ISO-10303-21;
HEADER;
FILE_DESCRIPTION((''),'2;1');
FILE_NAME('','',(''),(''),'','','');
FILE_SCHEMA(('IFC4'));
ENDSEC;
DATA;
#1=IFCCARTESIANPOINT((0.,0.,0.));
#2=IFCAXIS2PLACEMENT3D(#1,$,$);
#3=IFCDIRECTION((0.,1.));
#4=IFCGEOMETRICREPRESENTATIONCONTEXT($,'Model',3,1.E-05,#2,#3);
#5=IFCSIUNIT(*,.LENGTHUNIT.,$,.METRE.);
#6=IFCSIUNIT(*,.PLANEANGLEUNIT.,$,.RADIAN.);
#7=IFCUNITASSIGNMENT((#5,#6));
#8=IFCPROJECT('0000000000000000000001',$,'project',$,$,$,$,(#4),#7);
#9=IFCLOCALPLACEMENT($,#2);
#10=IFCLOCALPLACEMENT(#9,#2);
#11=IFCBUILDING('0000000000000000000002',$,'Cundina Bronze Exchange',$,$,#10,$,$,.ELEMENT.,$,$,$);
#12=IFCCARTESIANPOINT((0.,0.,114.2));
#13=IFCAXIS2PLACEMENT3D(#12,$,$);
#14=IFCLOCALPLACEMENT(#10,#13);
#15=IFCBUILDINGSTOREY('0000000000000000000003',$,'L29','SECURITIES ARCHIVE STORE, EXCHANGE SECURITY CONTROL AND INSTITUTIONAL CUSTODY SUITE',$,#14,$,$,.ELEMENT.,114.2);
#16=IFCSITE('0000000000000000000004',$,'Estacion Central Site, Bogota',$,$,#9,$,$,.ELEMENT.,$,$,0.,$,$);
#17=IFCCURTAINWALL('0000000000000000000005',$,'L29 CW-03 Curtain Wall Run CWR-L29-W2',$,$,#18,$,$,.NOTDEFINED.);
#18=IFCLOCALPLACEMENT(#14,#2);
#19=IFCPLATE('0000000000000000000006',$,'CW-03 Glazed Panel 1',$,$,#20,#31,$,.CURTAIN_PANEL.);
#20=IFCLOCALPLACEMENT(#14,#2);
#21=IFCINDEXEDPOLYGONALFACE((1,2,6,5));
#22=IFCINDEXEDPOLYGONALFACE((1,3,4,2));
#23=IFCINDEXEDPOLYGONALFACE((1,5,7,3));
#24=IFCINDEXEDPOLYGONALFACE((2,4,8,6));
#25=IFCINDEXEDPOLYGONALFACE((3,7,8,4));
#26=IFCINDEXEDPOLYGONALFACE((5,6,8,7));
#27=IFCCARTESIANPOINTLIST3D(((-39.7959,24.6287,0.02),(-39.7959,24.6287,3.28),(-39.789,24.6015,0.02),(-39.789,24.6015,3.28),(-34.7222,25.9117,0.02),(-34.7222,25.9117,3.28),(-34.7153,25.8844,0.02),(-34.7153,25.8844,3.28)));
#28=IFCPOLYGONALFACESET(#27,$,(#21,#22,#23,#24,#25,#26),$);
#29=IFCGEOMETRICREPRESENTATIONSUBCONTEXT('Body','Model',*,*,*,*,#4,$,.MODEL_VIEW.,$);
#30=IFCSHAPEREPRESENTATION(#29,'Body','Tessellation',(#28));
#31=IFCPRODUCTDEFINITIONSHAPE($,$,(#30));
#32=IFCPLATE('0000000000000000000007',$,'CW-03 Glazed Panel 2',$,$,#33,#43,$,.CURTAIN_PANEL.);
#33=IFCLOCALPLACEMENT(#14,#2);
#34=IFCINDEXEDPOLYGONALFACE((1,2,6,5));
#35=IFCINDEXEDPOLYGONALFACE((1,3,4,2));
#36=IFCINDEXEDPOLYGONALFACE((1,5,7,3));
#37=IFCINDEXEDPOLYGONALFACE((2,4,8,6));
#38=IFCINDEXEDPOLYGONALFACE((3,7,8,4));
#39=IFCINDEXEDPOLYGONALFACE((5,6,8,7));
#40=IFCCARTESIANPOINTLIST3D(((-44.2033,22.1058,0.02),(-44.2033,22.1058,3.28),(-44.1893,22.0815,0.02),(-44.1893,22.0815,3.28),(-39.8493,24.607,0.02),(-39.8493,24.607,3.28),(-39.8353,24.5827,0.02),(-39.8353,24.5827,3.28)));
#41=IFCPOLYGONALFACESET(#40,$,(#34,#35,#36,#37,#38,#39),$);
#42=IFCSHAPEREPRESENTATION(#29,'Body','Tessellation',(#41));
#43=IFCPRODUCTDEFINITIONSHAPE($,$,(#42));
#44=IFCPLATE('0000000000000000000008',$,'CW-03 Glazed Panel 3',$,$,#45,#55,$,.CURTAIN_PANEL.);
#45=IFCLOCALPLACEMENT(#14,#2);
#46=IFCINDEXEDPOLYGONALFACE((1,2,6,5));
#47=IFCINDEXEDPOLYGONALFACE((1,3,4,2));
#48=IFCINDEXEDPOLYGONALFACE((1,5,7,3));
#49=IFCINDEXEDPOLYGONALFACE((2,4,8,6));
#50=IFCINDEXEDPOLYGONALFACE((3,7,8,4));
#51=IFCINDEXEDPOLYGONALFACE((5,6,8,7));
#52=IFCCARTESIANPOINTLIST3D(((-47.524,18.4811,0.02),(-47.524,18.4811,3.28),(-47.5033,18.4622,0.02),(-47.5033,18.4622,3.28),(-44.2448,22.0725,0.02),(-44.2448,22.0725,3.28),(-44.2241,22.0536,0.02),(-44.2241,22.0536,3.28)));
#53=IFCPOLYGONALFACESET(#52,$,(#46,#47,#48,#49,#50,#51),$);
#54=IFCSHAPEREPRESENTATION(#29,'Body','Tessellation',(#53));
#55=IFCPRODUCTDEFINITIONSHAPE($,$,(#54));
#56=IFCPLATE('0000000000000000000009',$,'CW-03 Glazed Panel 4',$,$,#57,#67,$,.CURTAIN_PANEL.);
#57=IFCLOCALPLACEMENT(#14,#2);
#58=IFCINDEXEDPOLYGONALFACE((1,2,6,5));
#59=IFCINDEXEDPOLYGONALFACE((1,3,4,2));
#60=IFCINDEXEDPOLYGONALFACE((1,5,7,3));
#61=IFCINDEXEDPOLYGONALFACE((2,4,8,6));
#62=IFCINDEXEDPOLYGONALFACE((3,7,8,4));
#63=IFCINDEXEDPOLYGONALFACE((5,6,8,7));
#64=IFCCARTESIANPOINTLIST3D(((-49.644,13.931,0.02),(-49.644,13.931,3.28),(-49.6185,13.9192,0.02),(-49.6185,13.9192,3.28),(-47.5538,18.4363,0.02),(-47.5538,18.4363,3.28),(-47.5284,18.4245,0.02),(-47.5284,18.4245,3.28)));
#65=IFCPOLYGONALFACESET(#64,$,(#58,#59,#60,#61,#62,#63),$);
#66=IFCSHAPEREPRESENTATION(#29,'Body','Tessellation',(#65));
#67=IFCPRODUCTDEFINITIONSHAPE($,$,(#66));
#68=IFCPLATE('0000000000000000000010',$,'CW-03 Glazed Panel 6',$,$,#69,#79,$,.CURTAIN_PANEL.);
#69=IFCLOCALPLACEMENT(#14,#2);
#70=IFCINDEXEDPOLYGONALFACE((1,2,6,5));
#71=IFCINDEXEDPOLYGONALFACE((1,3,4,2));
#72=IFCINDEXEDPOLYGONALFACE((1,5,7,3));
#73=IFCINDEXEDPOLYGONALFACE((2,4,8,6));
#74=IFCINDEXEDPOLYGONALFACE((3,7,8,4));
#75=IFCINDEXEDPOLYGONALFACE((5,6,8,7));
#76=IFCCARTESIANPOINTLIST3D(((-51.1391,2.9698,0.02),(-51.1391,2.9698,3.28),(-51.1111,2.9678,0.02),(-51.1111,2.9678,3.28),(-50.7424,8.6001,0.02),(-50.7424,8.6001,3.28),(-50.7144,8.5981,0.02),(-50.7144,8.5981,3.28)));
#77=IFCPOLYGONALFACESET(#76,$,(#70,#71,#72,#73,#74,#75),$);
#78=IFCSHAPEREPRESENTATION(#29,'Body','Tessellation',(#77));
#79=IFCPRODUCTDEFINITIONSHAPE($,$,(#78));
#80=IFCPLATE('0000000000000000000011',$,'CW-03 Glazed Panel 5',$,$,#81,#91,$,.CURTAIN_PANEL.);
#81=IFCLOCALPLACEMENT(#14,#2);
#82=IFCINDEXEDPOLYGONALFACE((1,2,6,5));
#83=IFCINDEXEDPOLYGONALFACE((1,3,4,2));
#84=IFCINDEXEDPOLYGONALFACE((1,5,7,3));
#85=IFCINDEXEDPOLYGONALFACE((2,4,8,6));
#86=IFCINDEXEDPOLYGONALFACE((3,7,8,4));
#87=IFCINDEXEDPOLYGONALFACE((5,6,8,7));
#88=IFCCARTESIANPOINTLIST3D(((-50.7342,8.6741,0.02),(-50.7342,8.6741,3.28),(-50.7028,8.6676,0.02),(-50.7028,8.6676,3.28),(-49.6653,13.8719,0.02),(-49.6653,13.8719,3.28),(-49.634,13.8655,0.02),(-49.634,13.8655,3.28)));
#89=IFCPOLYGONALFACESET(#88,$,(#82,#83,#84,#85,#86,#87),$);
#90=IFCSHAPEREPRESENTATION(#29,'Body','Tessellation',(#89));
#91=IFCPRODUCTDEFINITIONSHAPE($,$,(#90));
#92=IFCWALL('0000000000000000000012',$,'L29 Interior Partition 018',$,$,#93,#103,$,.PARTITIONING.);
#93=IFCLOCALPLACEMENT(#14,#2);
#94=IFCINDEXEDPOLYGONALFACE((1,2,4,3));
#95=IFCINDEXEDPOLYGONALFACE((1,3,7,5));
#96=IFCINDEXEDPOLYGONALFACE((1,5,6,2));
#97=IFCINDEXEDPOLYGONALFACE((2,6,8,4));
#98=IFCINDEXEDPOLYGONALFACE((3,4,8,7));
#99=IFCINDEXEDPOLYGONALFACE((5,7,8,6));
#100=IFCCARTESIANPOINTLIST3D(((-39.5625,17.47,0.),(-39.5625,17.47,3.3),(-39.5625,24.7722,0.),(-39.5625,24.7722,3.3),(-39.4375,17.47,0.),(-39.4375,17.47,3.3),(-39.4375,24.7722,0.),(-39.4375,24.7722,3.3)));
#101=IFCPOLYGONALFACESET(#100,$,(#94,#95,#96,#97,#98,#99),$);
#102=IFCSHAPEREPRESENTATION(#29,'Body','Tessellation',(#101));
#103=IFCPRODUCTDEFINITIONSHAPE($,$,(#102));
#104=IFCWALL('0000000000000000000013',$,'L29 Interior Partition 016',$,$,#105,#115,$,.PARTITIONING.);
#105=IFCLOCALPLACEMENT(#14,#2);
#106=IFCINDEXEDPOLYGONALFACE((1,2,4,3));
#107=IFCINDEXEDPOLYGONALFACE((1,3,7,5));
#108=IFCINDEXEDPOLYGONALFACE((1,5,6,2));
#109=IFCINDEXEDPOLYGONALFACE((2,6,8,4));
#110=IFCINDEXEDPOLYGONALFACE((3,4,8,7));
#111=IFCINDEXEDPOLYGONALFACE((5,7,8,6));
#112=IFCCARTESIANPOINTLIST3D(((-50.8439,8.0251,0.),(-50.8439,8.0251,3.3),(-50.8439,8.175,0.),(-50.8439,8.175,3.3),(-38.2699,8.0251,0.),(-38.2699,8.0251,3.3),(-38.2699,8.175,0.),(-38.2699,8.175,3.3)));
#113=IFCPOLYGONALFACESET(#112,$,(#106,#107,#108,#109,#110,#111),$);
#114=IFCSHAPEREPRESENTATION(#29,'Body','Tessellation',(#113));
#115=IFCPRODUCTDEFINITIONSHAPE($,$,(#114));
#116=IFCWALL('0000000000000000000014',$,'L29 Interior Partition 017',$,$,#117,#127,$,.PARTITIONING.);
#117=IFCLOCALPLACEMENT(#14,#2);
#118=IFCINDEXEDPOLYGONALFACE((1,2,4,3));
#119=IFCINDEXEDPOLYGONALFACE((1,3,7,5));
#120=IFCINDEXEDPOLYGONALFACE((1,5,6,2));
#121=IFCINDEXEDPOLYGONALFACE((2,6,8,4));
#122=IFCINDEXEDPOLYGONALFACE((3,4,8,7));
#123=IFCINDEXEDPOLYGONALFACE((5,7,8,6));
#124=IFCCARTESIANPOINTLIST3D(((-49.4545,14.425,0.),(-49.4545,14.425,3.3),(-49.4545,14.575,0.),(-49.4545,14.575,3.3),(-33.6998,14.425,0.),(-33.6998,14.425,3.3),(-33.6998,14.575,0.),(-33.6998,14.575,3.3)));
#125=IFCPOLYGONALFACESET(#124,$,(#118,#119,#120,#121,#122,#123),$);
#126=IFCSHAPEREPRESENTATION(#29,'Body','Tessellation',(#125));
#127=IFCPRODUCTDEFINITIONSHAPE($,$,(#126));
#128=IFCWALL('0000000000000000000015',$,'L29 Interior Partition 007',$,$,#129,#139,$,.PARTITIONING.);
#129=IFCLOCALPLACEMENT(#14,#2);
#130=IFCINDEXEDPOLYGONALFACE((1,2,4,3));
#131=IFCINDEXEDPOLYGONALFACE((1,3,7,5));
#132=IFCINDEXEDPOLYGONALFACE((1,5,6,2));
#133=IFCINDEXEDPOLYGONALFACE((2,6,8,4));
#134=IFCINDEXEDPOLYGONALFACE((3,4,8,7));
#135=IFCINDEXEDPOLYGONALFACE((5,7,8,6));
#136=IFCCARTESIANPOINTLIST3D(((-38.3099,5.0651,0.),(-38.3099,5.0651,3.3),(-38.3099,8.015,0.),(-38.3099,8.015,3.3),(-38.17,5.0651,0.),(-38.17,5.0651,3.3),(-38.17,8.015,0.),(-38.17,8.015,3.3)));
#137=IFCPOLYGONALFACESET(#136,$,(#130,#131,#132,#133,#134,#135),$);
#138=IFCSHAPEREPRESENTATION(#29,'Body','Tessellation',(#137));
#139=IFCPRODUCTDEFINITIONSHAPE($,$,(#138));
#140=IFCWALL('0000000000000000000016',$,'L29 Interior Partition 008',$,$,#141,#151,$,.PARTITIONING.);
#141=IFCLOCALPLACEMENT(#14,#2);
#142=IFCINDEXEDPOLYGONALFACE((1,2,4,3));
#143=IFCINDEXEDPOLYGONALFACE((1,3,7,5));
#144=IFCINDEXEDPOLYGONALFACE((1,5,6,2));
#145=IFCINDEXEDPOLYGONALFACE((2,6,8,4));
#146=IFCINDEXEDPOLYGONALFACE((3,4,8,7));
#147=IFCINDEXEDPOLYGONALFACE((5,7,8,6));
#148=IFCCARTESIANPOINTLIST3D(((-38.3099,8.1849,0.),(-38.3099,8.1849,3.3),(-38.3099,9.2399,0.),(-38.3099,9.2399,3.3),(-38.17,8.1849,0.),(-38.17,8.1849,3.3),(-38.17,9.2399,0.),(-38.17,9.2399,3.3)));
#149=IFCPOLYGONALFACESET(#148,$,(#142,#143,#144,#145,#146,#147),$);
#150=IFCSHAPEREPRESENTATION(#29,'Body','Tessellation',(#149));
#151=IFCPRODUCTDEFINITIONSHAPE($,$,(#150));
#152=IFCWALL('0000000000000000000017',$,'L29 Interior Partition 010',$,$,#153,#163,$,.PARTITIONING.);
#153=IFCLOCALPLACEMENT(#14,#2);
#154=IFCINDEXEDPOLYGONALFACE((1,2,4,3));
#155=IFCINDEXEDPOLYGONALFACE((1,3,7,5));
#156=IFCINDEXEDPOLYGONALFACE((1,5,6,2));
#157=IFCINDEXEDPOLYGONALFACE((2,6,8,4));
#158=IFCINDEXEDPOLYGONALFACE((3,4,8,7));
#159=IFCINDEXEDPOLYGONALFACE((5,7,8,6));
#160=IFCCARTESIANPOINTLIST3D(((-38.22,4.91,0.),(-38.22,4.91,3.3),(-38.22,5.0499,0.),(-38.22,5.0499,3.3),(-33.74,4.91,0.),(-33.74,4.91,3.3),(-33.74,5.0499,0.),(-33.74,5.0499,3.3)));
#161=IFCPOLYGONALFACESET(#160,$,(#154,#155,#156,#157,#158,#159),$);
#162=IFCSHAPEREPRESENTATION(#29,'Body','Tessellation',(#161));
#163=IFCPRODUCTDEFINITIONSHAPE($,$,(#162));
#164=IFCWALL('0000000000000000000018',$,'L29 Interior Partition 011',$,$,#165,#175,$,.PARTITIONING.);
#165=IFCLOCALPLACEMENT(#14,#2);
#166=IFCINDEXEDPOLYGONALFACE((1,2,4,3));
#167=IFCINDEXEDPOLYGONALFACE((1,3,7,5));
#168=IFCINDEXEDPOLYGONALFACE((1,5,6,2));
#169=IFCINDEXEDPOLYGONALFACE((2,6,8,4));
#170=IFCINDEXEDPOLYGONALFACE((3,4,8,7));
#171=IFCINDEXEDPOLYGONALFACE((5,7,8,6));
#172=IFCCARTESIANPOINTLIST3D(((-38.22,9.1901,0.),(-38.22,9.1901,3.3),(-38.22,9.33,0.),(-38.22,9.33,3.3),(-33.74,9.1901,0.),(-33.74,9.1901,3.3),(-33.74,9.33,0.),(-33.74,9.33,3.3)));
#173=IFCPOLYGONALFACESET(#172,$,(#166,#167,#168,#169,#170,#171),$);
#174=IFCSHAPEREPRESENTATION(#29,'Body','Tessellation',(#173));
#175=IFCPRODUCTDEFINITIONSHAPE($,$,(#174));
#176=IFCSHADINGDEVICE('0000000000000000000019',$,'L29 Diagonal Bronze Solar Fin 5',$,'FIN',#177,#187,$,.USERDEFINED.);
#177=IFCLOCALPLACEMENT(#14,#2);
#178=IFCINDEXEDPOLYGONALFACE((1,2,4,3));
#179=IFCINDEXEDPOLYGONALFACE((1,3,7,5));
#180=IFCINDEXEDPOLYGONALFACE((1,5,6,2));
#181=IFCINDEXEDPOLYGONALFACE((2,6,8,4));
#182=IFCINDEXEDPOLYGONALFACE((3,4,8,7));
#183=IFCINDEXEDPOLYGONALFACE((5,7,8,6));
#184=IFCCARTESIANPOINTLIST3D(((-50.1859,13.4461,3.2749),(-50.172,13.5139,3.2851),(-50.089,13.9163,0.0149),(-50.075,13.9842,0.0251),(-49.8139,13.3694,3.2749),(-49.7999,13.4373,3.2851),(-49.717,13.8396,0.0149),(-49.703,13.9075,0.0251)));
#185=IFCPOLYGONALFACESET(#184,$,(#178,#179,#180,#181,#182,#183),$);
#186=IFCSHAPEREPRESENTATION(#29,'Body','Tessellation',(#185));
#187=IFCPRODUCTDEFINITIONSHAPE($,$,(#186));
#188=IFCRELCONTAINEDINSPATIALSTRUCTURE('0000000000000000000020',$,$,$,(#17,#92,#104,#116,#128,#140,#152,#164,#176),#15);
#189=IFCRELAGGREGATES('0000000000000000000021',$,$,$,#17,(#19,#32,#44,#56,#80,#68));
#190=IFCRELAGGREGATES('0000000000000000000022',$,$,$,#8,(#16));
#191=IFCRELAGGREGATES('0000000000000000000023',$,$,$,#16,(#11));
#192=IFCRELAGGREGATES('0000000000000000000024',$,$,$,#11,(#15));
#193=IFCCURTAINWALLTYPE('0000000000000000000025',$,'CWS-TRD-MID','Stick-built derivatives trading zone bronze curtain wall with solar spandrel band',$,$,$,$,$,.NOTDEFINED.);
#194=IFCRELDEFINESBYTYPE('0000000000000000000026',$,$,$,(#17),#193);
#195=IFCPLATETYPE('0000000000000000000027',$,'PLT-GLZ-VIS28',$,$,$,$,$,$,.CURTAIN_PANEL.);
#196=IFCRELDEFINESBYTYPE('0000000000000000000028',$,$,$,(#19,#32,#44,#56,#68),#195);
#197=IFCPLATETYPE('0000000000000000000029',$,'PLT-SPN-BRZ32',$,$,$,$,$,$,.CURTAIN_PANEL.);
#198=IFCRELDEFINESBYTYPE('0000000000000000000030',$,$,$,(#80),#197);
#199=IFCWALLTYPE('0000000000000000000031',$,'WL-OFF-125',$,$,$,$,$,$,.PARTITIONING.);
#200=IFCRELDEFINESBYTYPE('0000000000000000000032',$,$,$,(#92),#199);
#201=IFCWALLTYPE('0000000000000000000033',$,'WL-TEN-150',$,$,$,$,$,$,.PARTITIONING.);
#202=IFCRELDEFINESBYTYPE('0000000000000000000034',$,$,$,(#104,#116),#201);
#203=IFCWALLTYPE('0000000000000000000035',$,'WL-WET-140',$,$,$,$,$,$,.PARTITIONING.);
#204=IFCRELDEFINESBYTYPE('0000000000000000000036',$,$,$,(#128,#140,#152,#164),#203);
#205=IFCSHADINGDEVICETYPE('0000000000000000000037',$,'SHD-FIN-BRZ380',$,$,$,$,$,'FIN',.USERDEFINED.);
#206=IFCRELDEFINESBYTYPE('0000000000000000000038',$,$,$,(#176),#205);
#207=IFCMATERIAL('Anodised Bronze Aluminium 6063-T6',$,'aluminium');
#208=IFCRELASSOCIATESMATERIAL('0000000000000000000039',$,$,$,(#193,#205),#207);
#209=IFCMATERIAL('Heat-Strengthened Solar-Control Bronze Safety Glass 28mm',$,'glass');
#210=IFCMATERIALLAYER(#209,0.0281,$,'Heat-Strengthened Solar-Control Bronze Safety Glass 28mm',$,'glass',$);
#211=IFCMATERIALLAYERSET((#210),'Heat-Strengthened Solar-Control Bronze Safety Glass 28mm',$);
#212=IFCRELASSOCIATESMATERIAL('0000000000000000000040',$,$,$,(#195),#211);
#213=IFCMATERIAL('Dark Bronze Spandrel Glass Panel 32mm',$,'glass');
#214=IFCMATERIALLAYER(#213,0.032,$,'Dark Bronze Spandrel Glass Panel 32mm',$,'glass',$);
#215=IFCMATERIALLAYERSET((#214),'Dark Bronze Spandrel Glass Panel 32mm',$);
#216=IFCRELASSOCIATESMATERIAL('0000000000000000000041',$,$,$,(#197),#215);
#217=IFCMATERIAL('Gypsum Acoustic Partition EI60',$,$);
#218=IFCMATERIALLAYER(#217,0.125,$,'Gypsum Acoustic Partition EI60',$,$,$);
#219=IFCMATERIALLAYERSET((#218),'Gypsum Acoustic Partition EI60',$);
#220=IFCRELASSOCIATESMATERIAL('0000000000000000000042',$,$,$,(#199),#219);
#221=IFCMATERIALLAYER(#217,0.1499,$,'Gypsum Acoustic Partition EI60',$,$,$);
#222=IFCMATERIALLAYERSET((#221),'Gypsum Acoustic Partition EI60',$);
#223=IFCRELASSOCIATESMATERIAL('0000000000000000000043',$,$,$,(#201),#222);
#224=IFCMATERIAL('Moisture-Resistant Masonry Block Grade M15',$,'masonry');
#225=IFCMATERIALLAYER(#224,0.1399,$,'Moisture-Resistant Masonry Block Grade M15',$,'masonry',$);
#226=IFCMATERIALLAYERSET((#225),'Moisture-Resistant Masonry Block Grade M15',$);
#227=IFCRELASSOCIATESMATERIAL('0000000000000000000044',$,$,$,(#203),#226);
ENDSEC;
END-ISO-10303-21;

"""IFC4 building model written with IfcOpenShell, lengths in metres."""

from ifc_helpers import new_model, si_unit, direction, frame, frame_2d, origin, origin_2d, place, context, subcontext, project, spatial, rectangle, extrude, material, layer, layer_set, material_profile, profile_set, type_object, element, aggregate, save


model = new_model("IFC4")

# Units and contexts
model_context = context("Model", 3, precision=1e-05, world=origin(), true_north=direction((0.0, 1.0)))
body_context = subcontext(model_context, "Body", "Model", "MODEL_VIEW")
ifc_project = project(units=[si_unit("LENGTHUNIT", "METRE"), si_unit("PLANEANGLEUNIT", "RADIAN")], contexts=[model_context])

# Site, building, storey
site_placement = place(None, origin())
site = spatial("IfcSite", under=ifc_project, at=site_placement, Name="Estacion Central Site, Bogota", CompositionType="ELEMENT", RefElevation=0.0)
building_placement = place(site_placement, origin())
building = spatial("IfcBuilding", under=site, at=building_placement, Name="Cundina Bronze Exchange", CompositionType="ELEMENT")
storey_placement = place(building_placement, frame((0.0, 0.0, 114.2)))
storey = spatial("IfcBuildingStorey", under=building, at=storey_placement, Name="L29", Description="SECURITIES ARCHIVE STORE, EXCHANGE SECURITY CONTROL AND INSTITUTIONAL CUSTODY SUITE", CompositionType="ELEMENT", Elevation=114.2)

# Curtain wall, plates
ifc_material_1 = material(Name="Anodised Bronze Aluminium 6063-T6", Category="aluminium")
curtain_wall_type = type_object("IfcCurtainWallType", Name="CWS-TRD-MID", Description="Stick-built derivatives trading zone bronze curtain wall with solar spandrel band", PredefinedType="NOTDEFINED", material=ifc_material_1)
curtain_wall_placement = place(storey_placement, origin())
curtain_wall = element("IfcCurtainWall", 1, at=curtain_wall_placement, inside=storey, type_object=curtain_wall_type, Name="L29 CW-03 Curtain Wall Run CWR-L29-W2", PredefinedType="NOTDEFINED")
ifc_material_2 = material(Name="Heat-Strengthened Solar-Control Bronze Safety Glass 28mm", Category="glass")
ifc_layer_1 = layer(ifc_material_2, 0.0281, Name="Heat-Strengthened Solar-Control Bronze Safety Glass 28mm", Category="glass")
ifc_layer_set_1 = layer_set([ifc_layer_1], Name="Heat-Strengthened Solar-Control Bronze Safety Glass 28mm")
plate_type_1 = type_object("IfcPlateType", Name="PLT-GLZ-VIS28", PredefinedType="CURTAIN_PANEL", material=ifc_layer_set_1)
plate_1_placement = place(storey_placement, frame((-37.2556, 25.2566, 0.02), z_axis=(0.0, 0.0, 1.0), x_axis=(-0.969488, -0.245138, 0.0)))
plate_1 = element("IfcPlate", 2, at=plate_1_placement, type_object=plate_type_1, Name="CW-03 Glazed Panel 1", PredefinedType="CURTAIN_PANEL", context=body_context, shape_type="SweptSolid", body=[
    extrude(rectangle(XDim=5.2334, YDim=0.0281, at=origin_2d()), origin(), (0.0, 0.0, 1.0), 3.26),
])
plate_2_placement = place(storey_placement, frame((-42.0193, 23.3442, 0.02), z_axis=(0.0, 0.0, 1.0), x_axis=(-0.867105, -0.498125, 0.0)))
plate_2 = element("IfcPlate", 3, at=plate_2_placement, type_object=plate_type_1, Name="CW-03 Glazed Panel 2", PredefinedType="CURTAIN_PANEL", context=body_context, shape_type="SweptSolid", body=[
    extrude(rectangle(XDim=5.0212, YDim=0.0281, at=origin_2d()), origin(), (0.0, 0.0, 1.0), 3.26),
])
plate_3_placement = place(storey_placement, frame((-45.874, 20.2673, 0.02), z_axis=(0.0, 0.0, 1.0), x_axis=(-0.674277, -0.738479, 0.0)))
plate_3 = element("IfcPlate", 4, at=plate_3_placement, type_object=plate_type_1, Name="CW-03 Glazed Panel 3", PredefinedType="CURTAIN_PANEL", context=body_context, shape_type="SweptSolid", body=[
    extrude(rectangle(XDim=4.8633, YDim=0.0281, at=origin_2d()), origin(), (0.0, 0.0, 1.0), 3.26),
])
plate_4_placement = place(storey_placement, frame((-48.5862, 16.1777, 0.02), z_axis=(0.0, 0.0, 1.0), x_axis=(-0.420846, -0.907132, 0.0)))
plate_4 = element("IfcPlate", 5, at=plate_4_placement, type_object=plate_type_1, Name="CW-03 Glazed Panel 4", PredefinedType="CURTAIN_PANEL", context=body_context, shape_type="SweptSolid", body=[
    extrude(rectangle(XDim=4.9666, YDim=0.0281, at=origin_2d()), origin(), (0.0, 0.0, 1.0), 3.26),
])
plate_5_placement = place(storey_placement, frame((-50.9268, 5.7839, 0.02), z_axis=(0.0, 0.0, 1.0), x_axis=(-0.070279, -0.997527, 0.0)))
plate_5 = element("IfcPlate", 6, at=plate_5_placement, type_object=plate_type_1, Name="CW-03 Glazed Panel 6", PredefinedType="CURTAIN_PANEL", context=body_context, shape_type="SweptSolid", body=[
    extrude(rectangle(XDim=5.6443, YDim=0.0281, at=origin_2d()), origin(), (0.0, 0.0, 1.0), 3.26),
])
ifc_material_3 = material(Name="Dark Bronze Spandrel Glass Panel 32mm", Category="glass")
ifc_layer_2 = layer(ifc_material_3, 0.032, Name="Dark Bronze Spandrel Glass Panel 32mm", Category="glass")
ifc_layer_set_2 = layer_set([ifc_layer_2], Name="Dark Bronze Spandrel Glass Panel 32mm")
plate_type_2 = type_object("IfcPlateType", Name="PLT-SPN-BRZ32", PredefinedType="CURTAIN_PANEL", material=ifc_layer_set_2)
plate_6_placement = place(storey_placement, frame((-50.1841, 11.2698, 0.02), z_axis=(0.0, 0.0, 1.0), x_axis=(-0.20142, -0.979505, 0.0)))
plate_6 = element("IfcPlate", 7, at=plate_6_placement, type_object=plate_type_2, Name="CW-03 Glazed Panel 5", PredefinedType="CURTAIN_PANEL", context=body_context, shape_type="SweptSolid", body=[
    extrude(rectangle(XDim=5.3066, YDim=0.032, at=origin_2d()), origin(), (0.0, 0.0, 1.0), 3.26),
])
aggregate(curtain_wall, [plate_1, plate_2, plate_3, plate_4, plate_6, plate_5])

# Walls
ifc_material_4 = material(Name="Gypsum Acoustic Partition EI60")
ifc_layer_3 = layer(ifc_material_4, 0.125, Name="Gypsum Acoustic Partition EI60")
ifc_layer_set_3 = layer_set([ifc_layer_3], Name="Gypsum Acoustic Partition EI60")
wall_type_1 = type_object("IfcWallType", Name="WL-OFF-125", PredefinedType="PARTITIONING", material=ifc_layer_set_3)
wall_1_placement = place(storey_placement, frame((-39.5, 17.47, 0.0), z_axis=(0.0, 0.0, 1.0), x_axis=(0.0, 1.0, 0.0)))
element("IfcWall", 8, at=wall_1_placement, inside=storey, type_object=wall_type_1, Name="L29 Interior Partition 018", PredefinedType="PARTITIONING", context=body_context, shape_type="SweptSolid", body=[
    extrude(rectangle(XDim=7.3022, YDim=0.125, at=frame_2d((3.6511, 0.0))), origin(), (0.0, 0.0, 1.0), 3.3),
])
ifc_layer_4 = layer(ifc_material_4, 0.1499, Name="Gypsum Acoustic Partition EI60")
ifc_layer_set_4 = layer_set([ifc_layer_4], Name="Gypsum Acoustic Partition EI60")
wall_type_2 = type_object("IfcWallType", Name="WL-TEN-150", PredefinedType="PARTITIONING", material=ifc_layer_set_4)
wall_2_placement = place(storey_placement, frame((-50.844, 8.1001, 0.0), z_axis=(0.0, 0.0, 1.0), x_axis=(1.0, 0.0, 0.0)))
element("IfcWall", 9, at=wall_2_placement, inside=storey, type_object=wall_type_2, Name="L29 Interior Partition 016", PredefinedType="PARTITIONING", context=body_context, shape_type="SweptSolid", body=[
    extrude(rectangle(XDim=12.574, YDim=0.1499, at=frame_2d((6.2871, 0.0))), origin(), (0.0, 0.0, 1.0), 3.3),
])
wall_3_placement = place(storey_placement, frame((-49.4546, 14.5, 0.0), z_axis=(0.0, 0.0, 1.0), x_axis=(1.0, 0.0, 0.0)))
element("IfcWall", 10, at=wall_3_placement, inside=storey, type_object=wall_type_2, Name="L29 Interior Partition 017", PredefinedType="PARTITIONING", context=body_context, shape_type="SweptSolid", body=[
    extrude(rectangle(XDim=15.7546, YDim=0.1499, at=frame_2d((7.8774, 0.0))), origin(), (0.0, 0.0, 1.0), 3.3),
])
ifc_material_5 = material(Name="Moisture-Resistant Masonry Block Grade M15", Category="masonry")
ifc_layer_5 = layer(ifc_material_5, 0.1399, Name="Moisture-Resistant Masonry Block Grade M15", Category="masonry")
ifc_layer_set_5 = layer_set([ifc_layer_5], Name="Moisture-Resistant Masonry Block Grade M15")
wall_type_3 = type_object("IfcWallType", Name="WL-WET-140", PredefinedType="PARTITIONING", material=ifc_layer_set_5)
wall_4_placement = place(storey_placement, frame((-38.24, 5.0649, 0.0), z_axis=(0.0, 0.0, 1.0), x_axis=(0.0, 1.0, 0.0)))
element("IfcWall", 11, at=wall_4_placement, inside=storey, type_object=wall_type_3, Name="L29 Interior Partition 007", PredefinedType="PARTITIONING", context=body_context, shape_type="SweptSolid", body=[
    extrude(rectangle(XDim=2.95, YDim=0.1399, at=frame_2d((1.4751, 0.0))), origin(), (0.0, 0.0, 1.0), 3.3),
])
wall_5_placement = place(storey_placement, frame((-38.24, 8.1851, 0.0), z_axis=(0.0, 0.0, 1.0), x_axis=(0.0, 1.0, 0.0)))
element("IfcWall", 12, at=wall_5_placement, inside=storey, type_object=wall_type_3, Name="L29 Interior Partition 008", PredefinedType="PARTITIONING", context=body_context, shape_type="SweptSolid", body=[
    extrude(rectangle(XDim=1.0549, YDim=0.1399, at=frame_2d((0.5273, 0.0))), origin(), (0.0, 0.0, 1.0), 3.3),
])
for number, where, z_axis, x_axis, name in (
    (13, (-38.22, 4.98, 0.0), (0.0, 0.0, 1.0), (1.0, 0.0, 0.0), "L29 Interior Partition 010"),
    (14, (-38.22, 9.26, 0.0), (0.0, 0.0, 1.0), (1.0, 0.0, 0.0), "L29 Interior Partition 011"),
):
    element("IfcWall", number, at=place(storey_placement, frame(where, z_axis=z_axis, x_axis=x_axis)), inside=storey, type_object=wall_type_3, Name=name, PredefinedType="PARTITIONING", context=body_context, shape_type="SweptSolid", body=[
        extrude(rectangle(XDim=4.48, YDim=0.1399, at=frame_2d((2.24, 0.0))), origin(), (0.0, 0.0, 1.0), 3.3),
    ])

# Shading device
ifc_material_profile_1 = material_profile(ifc_material_1, rectangle(XDim=0.0701, YDim=0.3799, at=origin_2d()), Name="FIN70X380", Category="aluminium")
ifc_profile_set_1 = profile_set([ifc_material_profile_1], Name="Anodised Bronze Aluminium 6063-T6")
shading_device_type = type_object("IfcShadingDeviceType", Name="SHD-FIN-BRZ380", ElementType="FIN", PredefinedType="USERDEFINED", material=ifc_profile_set_1)
shading_device_placement = place(storey_placement, frame((-49.896, 13.9119, 0.02), z_axis=(-0.029414, -0.142698, 0.989329), x_axis=(0.199728, 0.968959, 0.145698)))
element("IfcShadingDevice", 15, at=shading_device_placement, inside=storey, type_object=shading_device_type, Name="L29 Diagonal Bronze Solar Fin 5", ObjectType="FIN", PredefinedType="USERDEFINED", context=body_context, shape_type="SweptSolid", body=[
    extrude(rectangle(XDim=0.0701, YDim=0.3799, at=origin_2d()), origin(), (0.0, 0.0, 1.0), 3.2952),
])

save(model, "model.ifc")
